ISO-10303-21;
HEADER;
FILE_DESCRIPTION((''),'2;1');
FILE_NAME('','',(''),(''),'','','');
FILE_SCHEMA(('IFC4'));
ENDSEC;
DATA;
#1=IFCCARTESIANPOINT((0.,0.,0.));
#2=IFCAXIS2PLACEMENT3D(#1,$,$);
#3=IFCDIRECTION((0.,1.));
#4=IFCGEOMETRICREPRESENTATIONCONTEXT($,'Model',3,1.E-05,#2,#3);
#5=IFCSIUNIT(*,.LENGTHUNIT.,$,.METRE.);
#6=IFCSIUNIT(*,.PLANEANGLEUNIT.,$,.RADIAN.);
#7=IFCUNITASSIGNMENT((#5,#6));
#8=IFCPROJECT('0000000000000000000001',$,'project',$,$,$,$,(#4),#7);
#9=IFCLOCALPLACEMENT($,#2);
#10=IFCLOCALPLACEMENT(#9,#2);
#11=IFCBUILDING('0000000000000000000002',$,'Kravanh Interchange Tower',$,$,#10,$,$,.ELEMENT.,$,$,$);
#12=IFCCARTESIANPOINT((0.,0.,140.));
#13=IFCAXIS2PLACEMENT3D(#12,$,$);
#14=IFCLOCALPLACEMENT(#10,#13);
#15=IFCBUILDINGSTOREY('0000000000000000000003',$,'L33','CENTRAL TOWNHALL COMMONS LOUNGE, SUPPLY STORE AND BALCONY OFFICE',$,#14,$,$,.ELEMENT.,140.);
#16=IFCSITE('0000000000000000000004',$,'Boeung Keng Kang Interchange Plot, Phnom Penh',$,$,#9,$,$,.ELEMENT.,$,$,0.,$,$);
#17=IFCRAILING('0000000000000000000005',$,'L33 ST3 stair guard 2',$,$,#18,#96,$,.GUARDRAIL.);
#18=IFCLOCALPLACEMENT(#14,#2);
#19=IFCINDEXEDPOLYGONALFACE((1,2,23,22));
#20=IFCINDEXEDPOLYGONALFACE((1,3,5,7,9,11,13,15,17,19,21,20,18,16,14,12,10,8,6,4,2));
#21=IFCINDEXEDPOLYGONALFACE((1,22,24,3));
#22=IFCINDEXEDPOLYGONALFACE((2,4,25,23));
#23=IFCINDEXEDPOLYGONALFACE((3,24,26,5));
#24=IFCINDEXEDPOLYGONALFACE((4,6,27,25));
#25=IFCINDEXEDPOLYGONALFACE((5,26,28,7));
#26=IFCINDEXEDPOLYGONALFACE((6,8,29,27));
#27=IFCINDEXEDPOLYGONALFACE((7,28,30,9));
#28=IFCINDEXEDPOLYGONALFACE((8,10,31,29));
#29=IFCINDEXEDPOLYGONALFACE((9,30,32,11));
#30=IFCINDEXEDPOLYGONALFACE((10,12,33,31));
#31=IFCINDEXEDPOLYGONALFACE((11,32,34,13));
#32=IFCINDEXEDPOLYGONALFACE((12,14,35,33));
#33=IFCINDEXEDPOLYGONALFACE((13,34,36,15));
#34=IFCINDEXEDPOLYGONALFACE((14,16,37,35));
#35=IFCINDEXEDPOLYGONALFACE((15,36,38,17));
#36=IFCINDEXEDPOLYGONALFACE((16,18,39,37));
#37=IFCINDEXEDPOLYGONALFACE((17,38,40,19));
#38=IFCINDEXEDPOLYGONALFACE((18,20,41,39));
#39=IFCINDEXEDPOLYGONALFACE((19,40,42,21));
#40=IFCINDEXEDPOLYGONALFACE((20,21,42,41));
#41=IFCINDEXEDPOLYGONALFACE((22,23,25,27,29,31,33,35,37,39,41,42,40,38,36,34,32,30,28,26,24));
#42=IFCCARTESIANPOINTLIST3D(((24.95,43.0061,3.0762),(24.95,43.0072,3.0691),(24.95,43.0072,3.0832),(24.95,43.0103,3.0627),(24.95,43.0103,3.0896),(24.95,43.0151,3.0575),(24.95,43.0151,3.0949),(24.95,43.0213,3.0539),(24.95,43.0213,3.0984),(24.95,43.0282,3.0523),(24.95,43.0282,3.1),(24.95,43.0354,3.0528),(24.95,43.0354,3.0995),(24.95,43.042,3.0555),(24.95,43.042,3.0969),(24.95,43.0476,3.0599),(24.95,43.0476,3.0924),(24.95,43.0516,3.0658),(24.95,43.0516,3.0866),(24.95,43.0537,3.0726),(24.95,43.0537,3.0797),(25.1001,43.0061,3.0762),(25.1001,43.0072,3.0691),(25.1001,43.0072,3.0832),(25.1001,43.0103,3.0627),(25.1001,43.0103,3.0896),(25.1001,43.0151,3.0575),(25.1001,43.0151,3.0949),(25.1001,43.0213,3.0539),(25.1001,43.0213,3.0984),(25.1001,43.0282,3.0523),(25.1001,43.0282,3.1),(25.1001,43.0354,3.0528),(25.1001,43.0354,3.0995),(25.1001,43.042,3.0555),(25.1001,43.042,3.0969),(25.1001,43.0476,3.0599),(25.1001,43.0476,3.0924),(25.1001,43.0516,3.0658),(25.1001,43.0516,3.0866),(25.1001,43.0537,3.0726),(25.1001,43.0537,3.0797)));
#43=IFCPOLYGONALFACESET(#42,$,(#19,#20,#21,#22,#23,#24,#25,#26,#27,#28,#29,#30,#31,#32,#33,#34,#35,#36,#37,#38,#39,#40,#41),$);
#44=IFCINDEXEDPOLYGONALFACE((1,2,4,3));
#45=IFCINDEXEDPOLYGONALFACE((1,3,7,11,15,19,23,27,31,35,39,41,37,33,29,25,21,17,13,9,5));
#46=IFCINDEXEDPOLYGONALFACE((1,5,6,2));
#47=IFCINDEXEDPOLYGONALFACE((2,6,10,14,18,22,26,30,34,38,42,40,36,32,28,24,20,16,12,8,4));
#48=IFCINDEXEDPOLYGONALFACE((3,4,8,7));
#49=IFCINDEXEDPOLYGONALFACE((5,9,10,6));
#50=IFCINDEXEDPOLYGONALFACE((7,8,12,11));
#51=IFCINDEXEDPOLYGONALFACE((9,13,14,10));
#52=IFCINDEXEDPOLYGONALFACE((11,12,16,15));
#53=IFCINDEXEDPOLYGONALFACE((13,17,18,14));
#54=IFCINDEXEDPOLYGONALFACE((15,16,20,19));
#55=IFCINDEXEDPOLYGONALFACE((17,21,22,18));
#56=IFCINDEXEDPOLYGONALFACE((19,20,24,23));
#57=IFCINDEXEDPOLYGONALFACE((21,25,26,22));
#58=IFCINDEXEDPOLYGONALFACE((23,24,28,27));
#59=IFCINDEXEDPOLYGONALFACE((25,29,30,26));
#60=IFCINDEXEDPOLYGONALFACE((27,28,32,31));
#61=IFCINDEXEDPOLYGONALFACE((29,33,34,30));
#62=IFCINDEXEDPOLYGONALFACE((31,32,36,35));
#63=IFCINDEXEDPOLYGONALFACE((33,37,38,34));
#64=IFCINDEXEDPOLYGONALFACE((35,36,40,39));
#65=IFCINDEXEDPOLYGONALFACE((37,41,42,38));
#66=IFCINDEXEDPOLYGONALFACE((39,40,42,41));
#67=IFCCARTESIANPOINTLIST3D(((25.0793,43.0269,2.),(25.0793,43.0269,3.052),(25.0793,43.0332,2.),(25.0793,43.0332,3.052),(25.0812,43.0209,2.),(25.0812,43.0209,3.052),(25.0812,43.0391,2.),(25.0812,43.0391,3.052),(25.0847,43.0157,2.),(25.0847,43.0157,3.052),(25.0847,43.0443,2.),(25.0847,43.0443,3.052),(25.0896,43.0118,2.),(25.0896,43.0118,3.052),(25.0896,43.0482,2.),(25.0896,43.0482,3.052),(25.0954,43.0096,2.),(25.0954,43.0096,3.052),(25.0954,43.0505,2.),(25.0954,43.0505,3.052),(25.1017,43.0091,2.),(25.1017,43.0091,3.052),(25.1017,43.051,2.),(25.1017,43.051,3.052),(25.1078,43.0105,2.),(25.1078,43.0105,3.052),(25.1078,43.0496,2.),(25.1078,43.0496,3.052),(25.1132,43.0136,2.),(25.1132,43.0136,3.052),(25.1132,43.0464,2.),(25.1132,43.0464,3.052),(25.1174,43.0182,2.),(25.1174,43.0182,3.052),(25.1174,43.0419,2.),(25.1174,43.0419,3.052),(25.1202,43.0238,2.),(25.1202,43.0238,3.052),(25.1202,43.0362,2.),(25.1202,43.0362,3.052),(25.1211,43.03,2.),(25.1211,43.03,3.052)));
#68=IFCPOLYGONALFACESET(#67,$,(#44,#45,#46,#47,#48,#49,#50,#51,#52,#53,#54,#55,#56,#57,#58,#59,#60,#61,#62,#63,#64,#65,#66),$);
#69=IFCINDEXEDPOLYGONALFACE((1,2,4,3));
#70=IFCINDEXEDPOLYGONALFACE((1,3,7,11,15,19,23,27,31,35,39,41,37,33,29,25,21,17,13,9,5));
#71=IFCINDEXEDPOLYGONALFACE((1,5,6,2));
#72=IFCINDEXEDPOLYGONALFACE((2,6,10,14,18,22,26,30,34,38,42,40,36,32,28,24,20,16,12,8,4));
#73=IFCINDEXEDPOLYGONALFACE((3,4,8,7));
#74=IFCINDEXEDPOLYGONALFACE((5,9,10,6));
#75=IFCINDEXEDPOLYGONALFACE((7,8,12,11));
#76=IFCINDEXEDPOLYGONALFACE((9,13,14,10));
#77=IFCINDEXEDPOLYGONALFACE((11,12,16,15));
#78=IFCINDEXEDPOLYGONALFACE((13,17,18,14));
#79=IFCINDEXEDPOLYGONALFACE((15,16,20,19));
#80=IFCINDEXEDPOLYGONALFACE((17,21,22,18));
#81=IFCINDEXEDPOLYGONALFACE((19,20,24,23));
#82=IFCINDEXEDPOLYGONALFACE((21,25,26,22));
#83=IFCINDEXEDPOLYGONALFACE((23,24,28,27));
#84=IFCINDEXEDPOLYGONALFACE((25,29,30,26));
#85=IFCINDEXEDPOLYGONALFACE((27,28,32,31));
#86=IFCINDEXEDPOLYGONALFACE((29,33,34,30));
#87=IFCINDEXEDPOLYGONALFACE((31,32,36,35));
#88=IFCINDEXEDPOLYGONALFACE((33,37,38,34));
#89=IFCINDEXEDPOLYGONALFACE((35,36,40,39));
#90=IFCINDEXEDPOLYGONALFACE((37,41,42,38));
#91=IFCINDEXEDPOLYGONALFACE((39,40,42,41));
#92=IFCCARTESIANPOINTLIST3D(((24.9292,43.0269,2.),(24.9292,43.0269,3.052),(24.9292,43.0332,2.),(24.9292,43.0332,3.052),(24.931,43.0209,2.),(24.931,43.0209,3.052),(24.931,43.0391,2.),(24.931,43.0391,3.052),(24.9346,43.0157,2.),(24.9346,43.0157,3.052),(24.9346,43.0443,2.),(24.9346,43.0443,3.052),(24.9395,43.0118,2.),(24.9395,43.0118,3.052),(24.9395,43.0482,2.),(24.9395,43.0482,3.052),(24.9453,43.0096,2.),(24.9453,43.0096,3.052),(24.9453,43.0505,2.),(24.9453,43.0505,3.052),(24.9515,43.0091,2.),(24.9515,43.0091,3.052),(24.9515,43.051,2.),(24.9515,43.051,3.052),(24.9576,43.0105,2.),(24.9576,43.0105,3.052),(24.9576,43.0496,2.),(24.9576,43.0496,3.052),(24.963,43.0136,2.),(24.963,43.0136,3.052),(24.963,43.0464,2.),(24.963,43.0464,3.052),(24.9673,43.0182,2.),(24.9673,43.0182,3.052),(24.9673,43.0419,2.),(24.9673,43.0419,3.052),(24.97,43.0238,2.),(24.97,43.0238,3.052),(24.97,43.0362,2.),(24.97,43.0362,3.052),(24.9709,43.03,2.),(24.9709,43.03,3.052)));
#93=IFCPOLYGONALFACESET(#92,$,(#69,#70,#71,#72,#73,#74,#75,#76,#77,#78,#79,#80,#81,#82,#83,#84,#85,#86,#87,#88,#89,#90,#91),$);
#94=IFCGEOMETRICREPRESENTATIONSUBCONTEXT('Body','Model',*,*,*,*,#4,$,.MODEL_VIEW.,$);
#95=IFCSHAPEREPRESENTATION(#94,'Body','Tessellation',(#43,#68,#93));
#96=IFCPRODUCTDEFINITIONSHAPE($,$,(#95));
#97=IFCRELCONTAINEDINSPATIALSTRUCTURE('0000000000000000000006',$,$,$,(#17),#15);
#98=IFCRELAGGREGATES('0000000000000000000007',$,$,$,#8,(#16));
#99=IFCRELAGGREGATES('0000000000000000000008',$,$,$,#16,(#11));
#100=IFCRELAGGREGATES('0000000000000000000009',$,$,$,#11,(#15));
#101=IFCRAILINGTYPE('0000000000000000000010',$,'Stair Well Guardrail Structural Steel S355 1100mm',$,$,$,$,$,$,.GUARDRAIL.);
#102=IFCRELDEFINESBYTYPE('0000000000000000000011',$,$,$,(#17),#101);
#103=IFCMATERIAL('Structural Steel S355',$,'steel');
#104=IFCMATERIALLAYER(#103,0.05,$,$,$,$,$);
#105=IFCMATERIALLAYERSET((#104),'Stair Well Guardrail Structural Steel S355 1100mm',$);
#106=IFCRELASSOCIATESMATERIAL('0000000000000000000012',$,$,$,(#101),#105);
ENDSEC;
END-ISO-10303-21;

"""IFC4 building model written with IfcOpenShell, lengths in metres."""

from ifc_helpers import new_model, si_unit, direction, frame, origin, origin_2d, place, context, subcontext, project, spatial, circle, extrude, material, layer, layer_set, type_object, element, save


model = new_model("IFC4")

# Units and contexts
model_context = context("Model", 3, precision=1e-05, world=origin(), true_north=direction((0.0, 1.0)))
body_context = subcontext(model_context, "Body", "Model", "MODEL_VIEW")
ifc_project = project(units=[si_unit("LENGTHUNIT", "METRE"), si_unit("PLANEANGLEUNIT", "RADIAN")], contexts=[model_context])

# Site, building, storey
site_placement = place(None, origin())
site = spatial("IfcSite", under=ifc_project, at=site_placement, Name="Boeung Keng Kang Interchange Plot, Phnom Penh", CompositionType="ELEMENT", RefElevation=0.0)
building_placement = place(site_placement, origin())
building = spatial("IfcBuilding", under=site, at=building_placement, Name="Kravanh Interchange Tower", CompositionType="ELEMENT")
storey_placement = place(building_placement, frame((0.0, 0.0, 140.0)))
storey = spatial("IfcBuildingStorey", under=building, at=storey_placement, Name="L33", Description="CENTRAL TOWNHALL COMMONS LOUNGE, SUPPLY STORE AND BALCONY OFFICE", CompositionType="ELEMENT", Elevation=140.0)

# Railing
ifc_material_1 = material(Name="Structural Steel S355", Category="steel")
ifc_layer_1 = layer(ifc_material_1, 0.05)
ifc_layer_set_1 = layer_set([ifc_layer_1], Name="Stair Well Guardrail Structural Steel S355 1100mm")
railing_type_1 = type_object("IfcRailingType", Name="Stair Well Guardrail Structural Steel S355 1100mm", PredefinedType="GUARDRAIL", material=ifc_layer_set_1)
railing_1_placement = place(storey_placement, frame((25.1001, 43.03, 2.0)))
element("IfcRailing", 1, at=railing_1_placement, inside=storey, type_object=railing_type_1, Name="L33 ST3 stair guard 2", PredefinedType="GUARDRAIL", context=body_context, shape_type="SweptSolid", body=[
    extrude(circle(Radius=0.0239, at=origin_2d()), frame((0.0, 0.0, 1.0762), z_axis=(-1.0, 0.0, 0.0), x_axis=(0.0, -1.0, 0.0)), (0.0, 0.0, 1.0), 0.1501),
    extrude(circle(Radius=0.021, at=origin_2d()), origin(), (0.0, 0.0, 1.0), 1.052),
    extrude(circle(Radius=0.021, at=origin_2d()), frame((-0.1501, 0.0, 0.0)), (0.0, 0.0, 1.0), 1.052),
])

save(model, "model.ifc")
